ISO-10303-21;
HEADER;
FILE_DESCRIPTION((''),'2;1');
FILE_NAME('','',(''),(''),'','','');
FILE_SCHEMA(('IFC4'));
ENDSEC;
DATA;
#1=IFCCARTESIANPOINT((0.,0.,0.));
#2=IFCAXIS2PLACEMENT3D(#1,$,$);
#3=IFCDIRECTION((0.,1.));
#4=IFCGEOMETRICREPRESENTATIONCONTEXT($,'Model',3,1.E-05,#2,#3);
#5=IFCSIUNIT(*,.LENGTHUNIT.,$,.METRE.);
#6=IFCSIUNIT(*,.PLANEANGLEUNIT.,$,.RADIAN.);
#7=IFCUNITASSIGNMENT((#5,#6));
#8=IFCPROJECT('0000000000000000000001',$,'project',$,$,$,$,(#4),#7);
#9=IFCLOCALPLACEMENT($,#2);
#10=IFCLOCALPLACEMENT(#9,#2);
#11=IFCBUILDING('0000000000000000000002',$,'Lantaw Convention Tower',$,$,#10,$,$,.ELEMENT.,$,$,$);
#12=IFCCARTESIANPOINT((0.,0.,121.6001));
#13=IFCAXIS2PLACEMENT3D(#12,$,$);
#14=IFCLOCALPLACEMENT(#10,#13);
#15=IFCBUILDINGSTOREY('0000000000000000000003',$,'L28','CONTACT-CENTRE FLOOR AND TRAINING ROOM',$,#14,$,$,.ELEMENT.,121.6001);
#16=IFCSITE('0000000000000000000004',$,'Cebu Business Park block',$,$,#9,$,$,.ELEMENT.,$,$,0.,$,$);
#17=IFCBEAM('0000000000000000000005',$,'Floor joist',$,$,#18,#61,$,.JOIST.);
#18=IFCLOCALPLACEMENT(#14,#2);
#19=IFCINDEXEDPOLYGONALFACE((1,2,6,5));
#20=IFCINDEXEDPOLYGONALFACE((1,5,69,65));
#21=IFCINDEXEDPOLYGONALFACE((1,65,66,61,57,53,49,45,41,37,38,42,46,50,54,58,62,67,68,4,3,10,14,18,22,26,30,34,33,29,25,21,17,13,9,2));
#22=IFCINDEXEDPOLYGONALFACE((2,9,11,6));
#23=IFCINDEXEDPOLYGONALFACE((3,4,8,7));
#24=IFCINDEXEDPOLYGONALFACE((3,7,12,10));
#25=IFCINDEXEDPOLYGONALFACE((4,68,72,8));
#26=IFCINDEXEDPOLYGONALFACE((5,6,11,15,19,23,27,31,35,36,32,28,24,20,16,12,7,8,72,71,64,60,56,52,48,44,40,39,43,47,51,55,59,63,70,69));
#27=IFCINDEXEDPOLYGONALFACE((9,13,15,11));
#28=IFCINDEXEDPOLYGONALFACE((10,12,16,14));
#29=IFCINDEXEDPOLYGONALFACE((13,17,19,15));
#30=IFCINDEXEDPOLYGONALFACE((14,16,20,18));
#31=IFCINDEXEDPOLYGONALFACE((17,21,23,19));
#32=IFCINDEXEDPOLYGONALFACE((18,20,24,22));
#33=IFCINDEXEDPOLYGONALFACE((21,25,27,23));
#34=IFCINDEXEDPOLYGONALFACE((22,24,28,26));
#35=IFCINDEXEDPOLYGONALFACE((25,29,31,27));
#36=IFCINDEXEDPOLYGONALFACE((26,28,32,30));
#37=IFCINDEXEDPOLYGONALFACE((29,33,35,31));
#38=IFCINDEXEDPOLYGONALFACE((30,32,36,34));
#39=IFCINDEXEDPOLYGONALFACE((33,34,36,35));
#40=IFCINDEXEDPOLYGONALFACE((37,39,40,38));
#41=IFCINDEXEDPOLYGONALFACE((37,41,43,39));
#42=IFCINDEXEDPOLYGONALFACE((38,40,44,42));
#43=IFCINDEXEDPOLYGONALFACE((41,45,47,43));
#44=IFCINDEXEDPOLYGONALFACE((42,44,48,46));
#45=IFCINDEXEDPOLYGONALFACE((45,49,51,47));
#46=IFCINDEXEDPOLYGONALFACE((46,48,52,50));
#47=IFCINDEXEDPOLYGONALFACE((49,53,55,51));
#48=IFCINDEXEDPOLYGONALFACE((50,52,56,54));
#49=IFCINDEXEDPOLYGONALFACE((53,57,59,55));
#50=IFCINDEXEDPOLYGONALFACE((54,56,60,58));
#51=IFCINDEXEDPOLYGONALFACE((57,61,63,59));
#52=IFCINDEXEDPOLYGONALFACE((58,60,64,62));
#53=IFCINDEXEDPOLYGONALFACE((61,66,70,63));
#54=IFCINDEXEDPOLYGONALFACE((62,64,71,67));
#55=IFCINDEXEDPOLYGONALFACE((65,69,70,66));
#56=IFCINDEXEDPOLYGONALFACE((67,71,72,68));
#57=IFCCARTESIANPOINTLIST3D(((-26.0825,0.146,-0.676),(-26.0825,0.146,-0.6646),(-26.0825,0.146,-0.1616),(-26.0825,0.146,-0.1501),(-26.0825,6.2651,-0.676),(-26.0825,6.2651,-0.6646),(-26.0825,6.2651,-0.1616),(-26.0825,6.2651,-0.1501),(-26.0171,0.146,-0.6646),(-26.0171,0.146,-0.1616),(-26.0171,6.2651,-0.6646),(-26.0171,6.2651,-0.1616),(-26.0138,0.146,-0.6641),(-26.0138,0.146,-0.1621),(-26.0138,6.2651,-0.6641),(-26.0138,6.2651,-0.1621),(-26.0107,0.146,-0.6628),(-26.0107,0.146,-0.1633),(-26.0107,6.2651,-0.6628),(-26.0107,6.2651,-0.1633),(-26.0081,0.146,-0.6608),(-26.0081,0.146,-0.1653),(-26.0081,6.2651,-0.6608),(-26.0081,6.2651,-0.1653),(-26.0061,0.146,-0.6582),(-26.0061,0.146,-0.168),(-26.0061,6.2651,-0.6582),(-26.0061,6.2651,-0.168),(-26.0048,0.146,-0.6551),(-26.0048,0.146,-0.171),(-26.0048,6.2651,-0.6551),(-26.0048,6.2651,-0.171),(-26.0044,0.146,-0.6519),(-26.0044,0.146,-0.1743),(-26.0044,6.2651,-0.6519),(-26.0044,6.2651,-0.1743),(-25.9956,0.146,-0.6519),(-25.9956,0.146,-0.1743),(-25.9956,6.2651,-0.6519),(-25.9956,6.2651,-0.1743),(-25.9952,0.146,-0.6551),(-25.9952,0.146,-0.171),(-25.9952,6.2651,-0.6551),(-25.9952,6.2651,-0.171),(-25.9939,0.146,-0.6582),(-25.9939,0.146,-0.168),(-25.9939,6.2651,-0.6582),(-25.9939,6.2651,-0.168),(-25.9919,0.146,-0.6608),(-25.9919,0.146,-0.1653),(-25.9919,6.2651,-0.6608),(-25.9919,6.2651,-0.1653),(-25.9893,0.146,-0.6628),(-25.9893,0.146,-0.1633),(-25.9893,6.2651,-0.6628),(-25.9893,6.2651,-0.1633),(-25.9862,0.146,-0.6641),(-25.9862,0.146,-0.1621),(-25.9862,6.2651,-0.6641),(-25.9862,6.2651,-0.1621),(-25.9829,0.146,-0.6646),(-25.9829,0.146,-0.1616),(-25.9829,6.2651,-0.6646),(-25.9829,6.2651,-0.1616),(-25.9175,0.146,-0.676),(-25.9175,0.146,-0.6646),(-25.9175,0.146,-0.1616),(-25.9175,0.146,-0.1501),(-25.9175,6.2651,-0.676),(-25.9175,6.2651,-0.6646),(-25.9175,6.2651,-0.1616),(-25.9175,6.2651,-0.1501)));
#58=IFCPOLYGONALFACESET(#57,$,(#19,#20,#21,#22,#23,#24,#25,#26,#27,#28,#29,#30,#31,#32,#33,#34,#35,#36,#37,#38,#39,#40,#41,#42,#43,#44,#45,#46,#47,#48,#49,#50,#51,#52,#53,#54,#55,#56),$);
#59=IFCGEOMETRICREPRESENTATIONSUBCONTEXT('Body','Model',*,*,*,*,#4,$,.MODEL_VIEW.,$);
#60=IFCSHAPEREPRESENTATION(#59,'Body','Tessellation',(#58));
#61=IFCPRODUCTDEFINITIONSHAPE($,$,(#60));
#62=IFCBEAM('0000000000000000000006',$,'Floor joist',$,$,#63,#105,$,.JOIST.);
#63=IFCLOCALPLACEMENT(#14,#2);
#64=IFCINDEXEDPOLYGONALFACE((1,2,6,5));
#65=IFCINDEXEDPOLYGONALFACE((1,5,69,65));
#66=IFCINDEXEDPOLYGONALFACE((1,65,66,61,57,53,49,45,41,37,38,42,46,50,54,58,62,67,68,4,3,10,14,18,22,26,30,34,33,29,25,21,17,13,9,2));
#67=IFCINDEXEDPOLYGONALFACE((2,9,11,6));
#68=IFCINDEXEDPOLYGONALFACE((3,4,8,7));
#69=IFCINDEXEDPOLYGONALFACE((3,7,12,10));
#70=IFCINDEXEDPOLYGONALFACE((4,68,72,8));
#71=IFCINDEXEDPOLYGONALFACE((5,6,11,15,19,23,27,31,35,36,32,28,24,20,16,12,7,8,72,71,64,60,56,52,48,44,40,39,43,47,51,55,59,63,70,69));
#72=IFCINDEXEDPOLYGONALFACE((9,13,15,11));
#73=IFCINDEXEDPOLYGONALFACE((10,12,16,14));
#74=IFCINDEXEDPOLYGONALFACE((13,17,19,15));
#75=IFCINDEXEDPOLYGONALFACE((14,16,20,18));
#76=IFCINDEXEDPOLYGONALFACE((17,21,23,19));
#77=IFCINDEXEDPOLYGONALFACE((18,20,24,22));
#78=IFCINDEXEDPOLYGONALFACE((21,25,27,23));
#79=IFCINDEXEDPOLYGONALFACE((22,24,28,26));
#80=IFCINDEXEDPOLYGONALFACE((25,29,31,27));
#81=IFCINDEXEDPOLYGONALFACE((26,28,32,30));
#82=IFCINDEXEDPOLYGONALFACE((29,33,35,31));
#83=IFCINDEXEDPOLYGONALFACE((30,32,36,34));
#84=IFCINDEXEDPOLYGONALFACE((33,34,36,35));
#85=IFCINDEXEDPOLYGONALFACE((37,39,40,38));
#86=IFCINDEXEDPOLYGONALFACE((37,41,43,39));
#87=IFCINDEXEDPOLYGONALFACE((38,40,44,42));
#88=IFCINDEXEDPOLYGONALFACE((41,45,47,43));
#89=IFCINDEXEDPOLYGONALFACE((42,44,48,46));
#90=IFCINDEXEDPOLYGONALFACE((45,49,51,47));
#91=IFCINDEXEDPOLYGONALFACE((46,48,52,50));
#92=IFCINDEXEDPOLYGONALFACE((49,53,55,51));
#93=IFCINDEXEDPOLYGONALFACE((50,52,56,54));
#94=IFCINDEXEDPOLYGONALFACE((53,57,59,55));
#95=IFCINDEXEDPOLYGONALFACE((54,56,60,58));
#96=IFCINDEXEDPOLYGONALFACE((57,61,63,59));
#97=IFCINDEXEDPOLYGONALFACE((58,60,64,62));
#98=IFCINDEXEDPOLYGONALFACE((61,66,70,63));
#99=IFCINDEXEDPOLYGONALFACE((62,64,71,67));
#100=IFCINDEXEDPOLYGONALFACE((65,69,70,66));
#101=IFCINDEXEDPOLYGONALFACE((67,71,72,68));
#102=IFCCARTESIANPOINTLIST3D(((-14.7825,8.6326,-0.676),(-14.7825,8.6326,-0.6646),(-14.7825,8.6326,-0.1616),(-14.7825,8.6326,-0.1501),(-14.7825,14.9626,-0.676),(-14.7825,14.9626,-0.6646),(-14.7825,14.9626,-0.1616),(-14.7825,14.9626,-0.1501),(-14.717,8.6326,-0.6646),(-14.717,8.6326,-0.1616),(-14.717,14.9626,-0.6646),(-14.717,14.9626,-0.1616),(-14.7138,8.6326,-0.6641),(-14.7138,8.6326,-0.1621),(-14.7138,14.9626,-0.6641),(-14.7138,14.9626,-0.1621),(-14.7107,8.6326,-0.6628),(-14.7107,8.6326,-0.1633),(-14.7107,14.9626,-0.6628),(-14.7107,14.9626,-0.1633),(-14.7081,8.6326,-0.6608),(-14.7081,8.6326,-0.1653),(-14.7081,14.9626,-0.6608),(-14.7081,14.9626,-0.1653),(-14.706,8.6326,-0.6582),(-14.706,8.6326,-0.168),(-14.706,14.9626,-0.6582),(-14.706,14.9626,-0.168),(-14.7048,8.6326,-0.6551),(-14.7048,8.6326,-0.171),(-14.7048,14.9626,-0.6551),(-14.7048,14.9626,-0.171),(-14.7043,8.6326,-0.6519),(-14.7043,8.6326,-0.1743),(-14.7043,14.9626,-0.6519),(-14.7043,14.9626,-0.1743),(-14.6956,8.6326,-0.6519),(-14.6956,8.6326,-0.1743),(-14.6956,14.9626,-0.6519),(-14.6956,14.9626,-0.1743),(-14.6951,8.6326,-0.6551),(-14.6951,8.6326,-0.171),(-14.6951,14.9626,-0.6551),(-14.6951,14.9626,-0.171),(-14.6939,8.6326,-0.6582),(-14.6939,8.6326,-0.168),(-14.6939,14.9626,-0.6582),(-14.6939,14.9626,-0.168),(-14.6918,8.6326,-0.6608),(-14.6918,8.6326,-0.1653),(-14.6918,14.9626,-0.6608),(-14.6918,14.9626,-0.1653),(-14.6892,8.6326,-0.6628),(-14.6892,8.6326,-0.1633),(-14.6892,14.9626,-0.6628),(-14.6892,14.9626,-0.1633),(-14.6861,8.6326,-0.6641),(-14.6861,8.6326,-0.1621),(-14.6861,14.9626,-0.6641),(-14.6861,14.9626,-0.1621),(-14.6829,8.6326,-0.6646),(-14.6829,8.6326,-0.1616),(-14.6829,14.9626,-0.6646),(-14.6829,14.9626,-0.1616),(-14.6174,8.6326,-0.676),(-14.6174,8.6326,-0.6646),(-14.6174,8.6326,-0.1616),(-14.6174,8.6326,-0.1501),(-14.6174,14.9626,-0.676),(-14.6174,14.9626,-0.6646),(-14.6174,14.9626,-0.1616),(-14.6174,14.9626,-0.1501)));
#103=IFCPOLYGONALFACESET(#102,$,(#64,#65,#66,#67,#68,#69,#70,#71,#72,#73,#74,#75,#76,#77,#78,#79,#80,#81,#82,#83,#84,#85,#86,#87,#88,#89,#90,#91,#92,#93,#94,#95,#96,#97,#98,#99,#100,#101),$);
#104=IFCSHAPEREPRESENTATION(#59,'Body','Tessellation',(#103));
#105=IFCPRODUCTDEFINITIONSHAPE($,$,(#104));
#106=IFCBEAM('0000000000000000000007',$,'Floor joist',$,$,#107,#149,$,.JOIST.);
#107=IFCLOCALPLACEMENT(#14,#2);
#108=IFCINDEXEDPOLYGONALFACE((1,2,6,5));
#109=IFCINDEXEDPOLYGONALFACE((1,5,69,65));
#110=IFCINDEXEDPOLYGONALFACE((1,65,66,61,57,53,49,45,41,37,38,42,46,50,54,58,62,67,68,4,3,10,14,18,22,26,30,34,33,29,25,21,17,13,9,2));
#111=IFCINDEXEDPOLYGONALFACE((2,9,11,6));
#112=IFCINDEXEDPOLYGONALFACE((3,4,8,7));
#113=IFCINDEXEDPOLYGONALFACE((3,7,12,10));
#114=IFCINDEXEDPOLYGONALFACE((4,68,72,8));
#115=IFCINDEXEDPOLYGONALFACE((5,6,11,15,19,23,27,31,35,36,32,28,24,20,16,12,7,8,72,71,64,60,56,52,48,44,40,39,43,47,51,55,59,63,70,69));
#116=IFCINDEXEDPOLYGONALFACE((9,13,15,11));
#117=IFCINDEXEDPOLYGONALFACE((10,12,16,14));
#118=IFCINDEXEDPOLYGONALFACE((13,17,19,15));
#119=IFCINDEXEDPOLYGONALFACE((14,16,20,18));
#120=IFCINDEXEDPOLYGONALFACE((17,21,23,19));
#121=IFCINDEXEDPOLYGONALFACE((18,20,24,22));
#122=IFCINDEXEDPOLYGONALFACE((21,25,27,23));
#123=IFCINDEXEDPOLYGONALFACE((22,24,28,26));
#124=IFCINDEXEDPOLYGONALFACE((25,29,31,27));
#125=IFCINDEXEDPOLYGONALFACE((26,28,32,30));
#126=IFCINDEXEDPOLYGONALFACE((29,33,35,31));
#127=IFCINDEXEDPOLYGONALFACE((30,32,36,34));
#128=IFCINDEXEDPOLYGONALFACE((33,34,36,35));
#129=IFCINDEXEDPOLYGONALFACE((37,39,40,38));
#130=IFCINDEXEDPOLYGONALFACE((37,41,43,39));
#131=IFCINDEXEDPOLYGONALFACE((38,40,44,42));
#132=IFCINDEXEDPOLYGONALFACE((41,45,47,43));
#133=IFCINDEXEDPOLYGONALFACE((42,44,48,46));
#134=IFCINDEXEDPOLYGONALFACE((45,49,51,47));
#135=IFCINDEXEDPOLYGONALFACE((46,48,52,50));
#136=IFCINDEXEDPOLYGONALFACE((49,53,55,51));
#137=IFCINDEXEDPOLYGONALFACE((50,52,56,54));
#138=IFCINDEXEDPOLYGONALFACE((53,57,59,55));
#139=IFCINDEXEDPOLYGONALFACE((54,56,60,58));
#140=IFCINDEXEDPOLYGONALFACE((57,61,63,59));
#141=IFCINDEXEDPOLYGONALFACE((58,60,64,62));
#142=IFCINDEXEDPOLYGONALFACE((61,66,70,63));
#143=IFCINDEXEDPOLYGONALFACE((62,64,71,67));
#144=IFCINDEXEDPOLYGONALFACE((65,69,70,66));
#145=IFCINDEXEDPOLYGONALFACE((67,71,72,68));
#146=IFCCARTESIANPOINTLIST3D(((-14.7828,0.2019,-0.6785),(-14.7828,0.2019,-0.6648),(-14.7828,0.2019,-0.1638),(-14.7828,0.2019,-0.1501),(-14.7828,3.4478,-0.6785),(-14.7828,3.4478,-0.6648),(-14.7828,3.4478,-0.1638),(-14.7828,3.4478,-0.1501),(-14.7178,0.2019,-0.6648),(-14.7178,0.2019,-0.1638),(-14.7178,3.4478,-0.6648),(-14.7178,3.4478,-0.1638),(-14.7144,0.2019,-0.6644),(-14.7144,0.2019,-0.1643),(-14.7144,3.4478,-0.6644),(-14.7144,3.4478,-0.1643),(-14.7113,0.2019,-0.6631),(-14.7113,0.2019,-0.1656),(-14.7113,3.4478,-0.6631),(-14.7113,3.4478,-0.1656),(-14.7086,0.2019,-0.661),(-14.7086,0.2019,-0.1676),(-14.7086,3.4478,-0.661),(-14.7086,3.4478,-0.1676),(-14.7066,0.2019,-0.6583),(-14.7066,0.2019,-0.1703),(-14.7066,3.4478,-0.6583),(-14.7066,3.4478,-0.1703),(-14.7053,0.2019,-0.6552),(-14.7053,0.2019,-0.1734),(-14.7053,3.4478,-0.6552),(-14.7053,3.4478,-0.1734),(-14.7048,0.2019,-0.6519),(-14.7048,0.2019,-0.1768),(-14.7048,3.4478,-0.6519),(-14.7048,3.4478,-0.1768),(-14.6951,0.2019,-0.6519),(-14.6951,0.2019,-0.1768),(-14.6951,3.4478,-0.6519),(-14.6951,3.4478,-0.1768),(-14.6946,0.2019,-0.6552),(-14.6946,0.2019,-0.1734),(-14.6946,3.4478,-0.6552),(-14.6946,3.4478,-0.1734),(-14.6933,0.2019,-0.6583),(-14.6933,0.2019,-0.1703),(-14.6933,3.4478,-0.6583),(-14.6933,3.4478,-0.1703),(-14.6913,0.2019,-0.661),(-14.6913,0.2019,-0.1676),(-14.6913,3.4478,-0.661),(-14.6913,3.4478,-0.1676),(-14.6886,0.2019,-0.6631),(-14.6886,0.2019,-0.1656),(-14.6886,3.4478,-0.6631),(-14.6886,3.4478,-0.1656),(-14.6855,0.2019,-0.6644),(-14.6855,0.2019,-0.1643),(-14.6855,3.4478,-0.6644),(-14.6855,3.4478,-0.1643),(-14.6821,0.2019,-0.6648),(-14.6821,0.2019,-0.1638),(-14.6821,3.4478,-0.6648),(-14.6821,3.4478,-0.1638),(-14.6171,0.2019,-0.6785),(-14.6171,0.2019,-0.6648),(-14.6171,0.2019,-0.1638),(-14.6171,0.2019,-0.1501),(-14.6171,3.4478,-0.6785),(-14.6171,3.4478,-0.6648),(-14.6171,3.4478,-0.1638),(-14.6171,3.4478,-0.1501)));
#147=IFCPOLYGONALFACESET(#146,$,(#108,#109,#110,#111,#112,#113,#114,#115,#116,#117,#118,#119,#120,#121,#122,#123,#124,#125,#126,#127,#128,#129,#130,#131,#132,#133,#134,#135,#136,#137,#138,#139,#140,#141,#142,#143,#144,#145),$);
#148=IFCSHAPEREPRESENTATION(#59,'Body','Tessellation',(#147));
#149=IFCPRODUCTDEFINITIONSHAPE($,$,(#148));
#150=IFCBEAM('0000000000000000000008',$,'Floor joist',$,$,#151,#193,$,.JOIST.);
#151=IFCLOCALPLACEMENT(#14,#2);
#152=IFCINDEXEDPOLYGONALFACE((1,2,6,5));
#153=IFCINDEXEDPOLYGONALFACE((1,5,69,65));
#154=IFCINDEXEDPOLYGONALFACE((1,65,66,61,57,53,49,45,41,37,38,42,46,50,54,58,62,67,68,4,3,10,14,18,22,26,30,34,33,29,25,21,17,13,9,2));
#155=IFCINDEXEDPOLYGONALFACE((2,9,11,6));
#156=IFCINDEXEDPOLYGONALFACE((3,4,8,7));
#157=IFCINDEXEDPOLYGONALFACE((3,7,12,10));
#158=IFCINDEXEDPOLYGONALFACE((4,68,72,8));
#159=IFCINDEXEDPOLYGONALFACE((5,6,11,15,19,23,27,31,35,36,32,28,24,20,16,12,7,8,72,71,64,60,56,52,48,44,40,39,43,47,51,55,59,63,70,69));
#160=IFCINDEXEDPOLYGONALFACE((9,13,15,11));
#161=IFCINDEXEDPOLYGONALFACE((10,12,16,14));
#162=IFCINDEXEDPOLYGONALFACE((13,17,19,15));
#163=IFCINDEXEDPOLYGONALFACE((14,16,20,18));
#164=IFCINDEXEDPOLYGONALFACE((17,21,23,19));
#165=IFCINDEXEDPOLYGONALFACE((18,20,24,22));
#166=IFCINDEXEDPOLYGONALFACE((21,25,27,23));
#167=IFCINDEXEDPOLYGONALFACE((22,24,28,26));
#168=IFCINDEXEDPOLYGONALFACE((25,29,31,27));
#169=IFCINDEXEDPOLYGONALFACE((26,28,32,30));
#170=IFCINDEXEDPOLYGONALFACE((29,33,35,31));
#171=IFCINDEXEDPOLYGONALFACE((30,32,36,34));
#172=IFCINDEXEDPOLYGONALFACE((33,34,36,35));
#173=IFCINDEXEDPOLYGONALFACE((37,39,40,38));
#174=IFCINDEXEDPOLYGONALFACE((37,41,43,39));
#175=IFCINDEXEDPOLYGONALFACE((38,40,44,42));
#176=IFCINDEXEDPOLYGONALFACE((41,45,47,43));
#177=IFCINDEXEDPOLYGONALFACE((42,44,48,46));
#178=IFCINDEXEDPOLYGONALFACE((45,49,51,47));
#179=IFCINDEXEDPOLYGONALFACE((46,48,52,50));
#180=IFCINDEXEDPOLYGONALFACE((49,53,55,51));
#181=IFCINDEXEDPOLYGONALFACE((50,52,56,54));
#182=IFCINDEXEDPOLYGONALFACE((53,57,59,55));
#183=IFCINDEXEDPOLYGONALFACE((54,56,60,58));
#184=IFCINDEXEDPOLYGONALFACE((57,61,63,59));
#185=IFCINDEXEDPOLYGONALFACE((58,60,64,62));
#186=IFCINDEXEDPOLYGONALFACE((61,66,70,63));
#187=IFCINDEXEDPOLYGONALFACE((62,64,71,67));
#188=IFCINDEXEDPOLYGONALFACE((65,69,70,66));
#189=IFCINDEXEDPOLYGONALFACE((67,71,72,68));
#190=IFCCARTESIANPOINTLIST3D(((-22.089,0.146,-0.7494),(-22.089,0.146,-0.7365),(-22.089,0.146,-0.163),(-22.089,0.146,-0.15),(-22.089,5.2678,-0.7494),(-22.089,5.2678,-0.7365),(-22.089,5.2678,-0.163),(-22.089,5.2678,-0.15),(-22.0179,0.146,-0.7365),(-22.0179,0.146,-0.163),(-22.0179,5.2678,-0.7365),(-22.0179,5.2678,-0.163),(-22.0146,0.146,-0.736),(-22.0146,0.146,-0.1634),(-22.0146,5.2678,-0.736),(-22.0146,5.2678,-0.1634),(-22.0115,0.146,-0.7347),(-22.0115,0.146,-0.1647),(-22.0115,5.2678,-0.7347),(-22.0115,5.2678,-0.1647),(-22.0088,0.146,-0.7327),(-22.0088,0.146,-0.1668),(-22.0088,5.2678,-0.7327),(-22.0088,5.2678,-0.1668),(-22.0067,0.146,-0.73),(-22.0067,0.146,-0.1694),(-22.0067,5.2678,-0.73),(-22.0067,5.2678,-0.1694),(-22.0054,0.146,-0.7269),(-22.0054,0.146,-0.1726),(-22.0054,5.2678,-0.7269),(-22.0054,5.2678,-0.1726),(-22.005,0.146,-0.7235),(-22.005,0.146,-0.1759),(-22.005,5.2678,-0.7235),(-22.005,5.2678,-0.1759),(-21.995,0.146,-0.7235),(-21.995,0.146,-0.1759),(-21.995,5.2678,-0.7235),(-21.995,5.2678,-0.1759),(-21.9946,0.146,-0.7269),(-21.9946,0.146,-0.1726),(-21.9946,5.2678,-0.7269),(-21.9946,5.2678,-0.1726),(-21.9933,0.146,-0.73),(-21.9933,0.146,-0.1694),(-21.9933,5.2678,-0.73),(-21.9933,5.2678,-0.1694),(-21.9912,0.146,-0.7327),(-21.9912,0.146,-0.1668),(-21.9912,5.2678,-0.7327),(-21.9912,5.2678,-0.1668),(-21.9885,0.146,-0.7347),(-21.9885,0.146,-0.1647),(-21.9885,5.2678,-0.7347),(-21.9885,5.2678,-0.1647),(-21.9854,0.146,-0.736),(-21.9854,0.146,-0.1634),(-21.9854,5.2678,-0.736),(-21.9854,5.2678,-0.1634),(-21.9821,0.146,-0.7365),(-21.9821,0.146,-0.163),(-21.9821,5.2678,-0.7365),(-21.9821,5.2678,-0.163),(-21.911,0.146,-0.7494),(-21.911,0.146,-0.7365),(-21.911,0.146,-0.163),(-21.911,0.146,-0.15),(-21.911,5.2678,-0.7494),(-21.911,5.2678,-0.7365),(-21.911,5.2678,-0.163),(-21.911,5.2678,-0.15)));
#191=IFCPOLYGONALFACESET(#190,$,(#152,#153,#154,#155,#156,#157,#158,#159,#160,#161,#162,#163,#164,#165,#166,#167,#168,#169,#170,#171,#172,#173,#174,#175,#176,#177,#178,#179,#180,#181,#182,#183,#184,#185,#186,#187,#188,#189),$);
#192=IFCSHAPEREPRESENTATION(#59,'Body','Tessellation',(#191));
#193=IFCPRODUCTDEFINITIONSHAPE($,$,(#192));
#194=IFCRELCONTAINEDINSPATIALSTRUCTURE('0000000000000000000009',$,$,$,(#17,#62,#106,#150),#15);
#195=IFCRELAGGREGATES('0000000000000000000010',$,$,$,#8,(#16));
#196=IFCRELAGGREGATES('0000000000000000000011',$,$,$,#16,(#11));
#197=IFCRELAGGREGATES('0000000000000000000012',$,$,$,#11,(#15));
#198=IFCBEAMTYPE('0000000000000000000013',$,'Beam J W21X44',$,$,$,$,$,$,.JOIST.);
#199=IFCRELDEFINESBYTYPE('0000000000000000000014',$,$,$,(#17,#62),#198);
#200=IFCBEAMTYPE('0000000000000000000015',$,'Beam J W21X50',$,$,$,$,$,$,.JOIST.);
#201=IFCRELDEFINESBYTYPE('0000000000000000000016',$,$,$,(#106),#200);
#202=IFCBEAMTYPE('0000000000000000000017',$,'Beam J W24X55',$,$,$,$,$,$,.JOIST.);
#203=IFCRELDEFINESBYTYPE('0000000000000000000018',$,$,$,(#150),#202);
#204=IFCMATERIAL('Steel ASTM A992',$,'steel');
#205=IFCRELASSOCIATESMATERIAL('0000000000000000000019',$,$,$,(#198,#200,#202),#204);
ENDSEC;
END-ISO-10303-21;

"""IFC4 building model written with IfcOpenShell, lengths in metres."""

from ifc_helpers import new_model, si_unit, direction, frame, origin, origin_2d, place, context, subcontext, project, spatial, i_section, extrude, material, material_profile, profile_set, type_object, element, save


model = new_model("IFC4")

# Units and contexts
model_context = context("Model", 3, precision=1e-05, world=origin(), true_north=direction((0.0, 1.0)))
body_context = subcontext(model_context, "Body", "Model", "MODEL_VIEW")
ifc_project = project(units=[si_unit("LENGTHUNIT", "METRE"), si_unit("PLANEANGLEUNIT", "RADIAN")], contexts=[model_context])

# Site, building, storey
site_placement = place(None, origin())
site = spatial("IfcSite", under=ifc_project, at=site_placement, Name="Cebu Business Park block", CompositionType="ELEMENT", RefElevation=0.0)
building_placement = place(site_placement, origin())
building = spatial("IfcBuilding", under=site, at=building_placement, Name="Lantaw Convention Tower", CompositionType="ELEMENT")
storey_placement = place(building_placement, frame((0.0, 0.0, 121.6001)))
storey = spatial("IfcBuildingStorey", under=building, at=storey_placement, Name="L28", Description="CONTACT-CENTRE FLOOR AND TRAINING ROOM", CompositionType="ELEMENT", Elevation=121.6001)

# Beams
ifc_material_1 = material(Name="Steel ASTM A992", Category="steel")
ifc_material_profile_1 = material_profile(ifc_material_1, i_section(OverallWidth=0.165, OverallDepth=0.5259, WebThickness=0.0088, FlangeThickness=0.0115, FilletRadius=0.0127, at=origin_2d()), Name="W21X44")
ifc_profile_set_1 = profile_set([ifc_material_profile_1], Name="Steel ASTM A992")
beam_type_1 = type_object("IfcBeamType", Name="Beam J W21X44", PredefinedType="JOIST", material=ifc_profile_set_1)
beam_1_placement = place(storey_placement, frame((-26.0, 0.146, -0.4131), z_axis=(0.0, 1.0, 0.0), x_axis=(-1.0, 0.0, 0.0)))
element("IfcBeam", 1, at=beam_1_placement, inside=storey, type_object=beam_type_1, Name="Floor joist", PredefinedType="JOIST", context=body_context, shape_type="SweptSolid", body=[
    extrude(i_section(OverallWidth=0.165, OverallDepth=0.5259, WebThickness=0.0088, FlangeThickness=0.0115, FilletRadius=0.0127, at=origin_2d()), origin(), (0.0, 0.0, 1.0), 6.1191),
])
beam_2_placement = place(storey_placement, frame((-14.7, 8.6326, -0.4131), z_axis=(0.0, 1.0, 0.0), x_axis=(-1.0, 0.0, 0.0)))
element("IfcBeam", 2, at=beam_2_placement, inside=storey, type_object=beam_type_1, Name="Floor joist", PredefinedType="JOIST", context=body_context, shape_type="SweptSolid", body=[
    extrude(i_section(OverallWidth=0.165, OverallDepth=0.5259, WebThickness=0.0088, FlangeThickness=0.0115, FilletRadius=0.0127, at=origin_2d()), origin(), (0.0, 0.0, 1.0), 6.3301),
])
ifc_material_profile_2 = material_profile(ifc_material_1, i_section(OverallWidth=0.1658, OverallDepth=0.5283, WebThickness=0.0098, FlangeThickness=0.0137, FilletRadius=0.0129, at=origin_2d()), Name="W21X50")
ifc_profile_set_2 = profile_set([ifc_material_profile_2], Name="Steel ASTM A992")
beam_type_2 = type_object("IfcBeamType", Name="Beam J W21X50", PredefinedType="JOIST", material=ifc_profile_set_2)
beam_3_placement = place(storey_placement, frame((-14.7, 0.2019, -0.4143), z_axis=(0.0, 1.0, 0.0), x_axis=(-1.0, 0.0, 0.0)))
element("IfcBeam", 3, at=beam_3_placement, inside=storey, type_object=beam_type_2, Name="Floor joist", PredefinedType="JOIST", context=body_context, shape_type="SweptSolid", body=[
    extrude(i_section(OverallWidth=0.1658, OverallDepth=0.5283, WebThickness=0.0098, FlangeThickness=0.0137, FilletRadius=0.0129, at=origin_2d()), origin(), (0.0, 0.0, 1.0), 3.2458),
])
ifc_material_profile_3 = material_profile(ifc_material_1, i_section(OverallWidth=0.178, OverallDepth=0.5994, WebThickness=0.01, FlangeThickness=0.0129, FilletRadius=0.0129, at=origin_2d()), Name="W24X55")
ifc_profile_set_3 = profile_set([ifc_material_profile_3], Name="Steel ASTM A992")
beam_type_3 = type_object("IfcBeamType", Name="Beam J W24X55", PredefinedType="JOIST", material=ifc_profile_set_3)
beam_4_placement = place(storey_placement, frame((-22.0, 0.146, -0.4497), z_axis=(0.0, 1.0, 0.0), x_axis=(-1.0, 0.0, 0.0)))
element("IfcBeam", 4, at=beam_4_placement, inside=storey, type_object=beam_type_3, Name="Floor joist", PredefinedType="JOIST", context=body_context, shape_type="SweptSolid", body=[
    extrude(i_section(OverallWidth=0.178, OverallDepth=0.5994, WebThickness=0.01, FlangeThickness=0.0129, FilletRadius=0.0129, at=origin_2d()), origin(), (0.0, 0.0, 1.0), 5.1218),
])

save(model, "model.ifc")
